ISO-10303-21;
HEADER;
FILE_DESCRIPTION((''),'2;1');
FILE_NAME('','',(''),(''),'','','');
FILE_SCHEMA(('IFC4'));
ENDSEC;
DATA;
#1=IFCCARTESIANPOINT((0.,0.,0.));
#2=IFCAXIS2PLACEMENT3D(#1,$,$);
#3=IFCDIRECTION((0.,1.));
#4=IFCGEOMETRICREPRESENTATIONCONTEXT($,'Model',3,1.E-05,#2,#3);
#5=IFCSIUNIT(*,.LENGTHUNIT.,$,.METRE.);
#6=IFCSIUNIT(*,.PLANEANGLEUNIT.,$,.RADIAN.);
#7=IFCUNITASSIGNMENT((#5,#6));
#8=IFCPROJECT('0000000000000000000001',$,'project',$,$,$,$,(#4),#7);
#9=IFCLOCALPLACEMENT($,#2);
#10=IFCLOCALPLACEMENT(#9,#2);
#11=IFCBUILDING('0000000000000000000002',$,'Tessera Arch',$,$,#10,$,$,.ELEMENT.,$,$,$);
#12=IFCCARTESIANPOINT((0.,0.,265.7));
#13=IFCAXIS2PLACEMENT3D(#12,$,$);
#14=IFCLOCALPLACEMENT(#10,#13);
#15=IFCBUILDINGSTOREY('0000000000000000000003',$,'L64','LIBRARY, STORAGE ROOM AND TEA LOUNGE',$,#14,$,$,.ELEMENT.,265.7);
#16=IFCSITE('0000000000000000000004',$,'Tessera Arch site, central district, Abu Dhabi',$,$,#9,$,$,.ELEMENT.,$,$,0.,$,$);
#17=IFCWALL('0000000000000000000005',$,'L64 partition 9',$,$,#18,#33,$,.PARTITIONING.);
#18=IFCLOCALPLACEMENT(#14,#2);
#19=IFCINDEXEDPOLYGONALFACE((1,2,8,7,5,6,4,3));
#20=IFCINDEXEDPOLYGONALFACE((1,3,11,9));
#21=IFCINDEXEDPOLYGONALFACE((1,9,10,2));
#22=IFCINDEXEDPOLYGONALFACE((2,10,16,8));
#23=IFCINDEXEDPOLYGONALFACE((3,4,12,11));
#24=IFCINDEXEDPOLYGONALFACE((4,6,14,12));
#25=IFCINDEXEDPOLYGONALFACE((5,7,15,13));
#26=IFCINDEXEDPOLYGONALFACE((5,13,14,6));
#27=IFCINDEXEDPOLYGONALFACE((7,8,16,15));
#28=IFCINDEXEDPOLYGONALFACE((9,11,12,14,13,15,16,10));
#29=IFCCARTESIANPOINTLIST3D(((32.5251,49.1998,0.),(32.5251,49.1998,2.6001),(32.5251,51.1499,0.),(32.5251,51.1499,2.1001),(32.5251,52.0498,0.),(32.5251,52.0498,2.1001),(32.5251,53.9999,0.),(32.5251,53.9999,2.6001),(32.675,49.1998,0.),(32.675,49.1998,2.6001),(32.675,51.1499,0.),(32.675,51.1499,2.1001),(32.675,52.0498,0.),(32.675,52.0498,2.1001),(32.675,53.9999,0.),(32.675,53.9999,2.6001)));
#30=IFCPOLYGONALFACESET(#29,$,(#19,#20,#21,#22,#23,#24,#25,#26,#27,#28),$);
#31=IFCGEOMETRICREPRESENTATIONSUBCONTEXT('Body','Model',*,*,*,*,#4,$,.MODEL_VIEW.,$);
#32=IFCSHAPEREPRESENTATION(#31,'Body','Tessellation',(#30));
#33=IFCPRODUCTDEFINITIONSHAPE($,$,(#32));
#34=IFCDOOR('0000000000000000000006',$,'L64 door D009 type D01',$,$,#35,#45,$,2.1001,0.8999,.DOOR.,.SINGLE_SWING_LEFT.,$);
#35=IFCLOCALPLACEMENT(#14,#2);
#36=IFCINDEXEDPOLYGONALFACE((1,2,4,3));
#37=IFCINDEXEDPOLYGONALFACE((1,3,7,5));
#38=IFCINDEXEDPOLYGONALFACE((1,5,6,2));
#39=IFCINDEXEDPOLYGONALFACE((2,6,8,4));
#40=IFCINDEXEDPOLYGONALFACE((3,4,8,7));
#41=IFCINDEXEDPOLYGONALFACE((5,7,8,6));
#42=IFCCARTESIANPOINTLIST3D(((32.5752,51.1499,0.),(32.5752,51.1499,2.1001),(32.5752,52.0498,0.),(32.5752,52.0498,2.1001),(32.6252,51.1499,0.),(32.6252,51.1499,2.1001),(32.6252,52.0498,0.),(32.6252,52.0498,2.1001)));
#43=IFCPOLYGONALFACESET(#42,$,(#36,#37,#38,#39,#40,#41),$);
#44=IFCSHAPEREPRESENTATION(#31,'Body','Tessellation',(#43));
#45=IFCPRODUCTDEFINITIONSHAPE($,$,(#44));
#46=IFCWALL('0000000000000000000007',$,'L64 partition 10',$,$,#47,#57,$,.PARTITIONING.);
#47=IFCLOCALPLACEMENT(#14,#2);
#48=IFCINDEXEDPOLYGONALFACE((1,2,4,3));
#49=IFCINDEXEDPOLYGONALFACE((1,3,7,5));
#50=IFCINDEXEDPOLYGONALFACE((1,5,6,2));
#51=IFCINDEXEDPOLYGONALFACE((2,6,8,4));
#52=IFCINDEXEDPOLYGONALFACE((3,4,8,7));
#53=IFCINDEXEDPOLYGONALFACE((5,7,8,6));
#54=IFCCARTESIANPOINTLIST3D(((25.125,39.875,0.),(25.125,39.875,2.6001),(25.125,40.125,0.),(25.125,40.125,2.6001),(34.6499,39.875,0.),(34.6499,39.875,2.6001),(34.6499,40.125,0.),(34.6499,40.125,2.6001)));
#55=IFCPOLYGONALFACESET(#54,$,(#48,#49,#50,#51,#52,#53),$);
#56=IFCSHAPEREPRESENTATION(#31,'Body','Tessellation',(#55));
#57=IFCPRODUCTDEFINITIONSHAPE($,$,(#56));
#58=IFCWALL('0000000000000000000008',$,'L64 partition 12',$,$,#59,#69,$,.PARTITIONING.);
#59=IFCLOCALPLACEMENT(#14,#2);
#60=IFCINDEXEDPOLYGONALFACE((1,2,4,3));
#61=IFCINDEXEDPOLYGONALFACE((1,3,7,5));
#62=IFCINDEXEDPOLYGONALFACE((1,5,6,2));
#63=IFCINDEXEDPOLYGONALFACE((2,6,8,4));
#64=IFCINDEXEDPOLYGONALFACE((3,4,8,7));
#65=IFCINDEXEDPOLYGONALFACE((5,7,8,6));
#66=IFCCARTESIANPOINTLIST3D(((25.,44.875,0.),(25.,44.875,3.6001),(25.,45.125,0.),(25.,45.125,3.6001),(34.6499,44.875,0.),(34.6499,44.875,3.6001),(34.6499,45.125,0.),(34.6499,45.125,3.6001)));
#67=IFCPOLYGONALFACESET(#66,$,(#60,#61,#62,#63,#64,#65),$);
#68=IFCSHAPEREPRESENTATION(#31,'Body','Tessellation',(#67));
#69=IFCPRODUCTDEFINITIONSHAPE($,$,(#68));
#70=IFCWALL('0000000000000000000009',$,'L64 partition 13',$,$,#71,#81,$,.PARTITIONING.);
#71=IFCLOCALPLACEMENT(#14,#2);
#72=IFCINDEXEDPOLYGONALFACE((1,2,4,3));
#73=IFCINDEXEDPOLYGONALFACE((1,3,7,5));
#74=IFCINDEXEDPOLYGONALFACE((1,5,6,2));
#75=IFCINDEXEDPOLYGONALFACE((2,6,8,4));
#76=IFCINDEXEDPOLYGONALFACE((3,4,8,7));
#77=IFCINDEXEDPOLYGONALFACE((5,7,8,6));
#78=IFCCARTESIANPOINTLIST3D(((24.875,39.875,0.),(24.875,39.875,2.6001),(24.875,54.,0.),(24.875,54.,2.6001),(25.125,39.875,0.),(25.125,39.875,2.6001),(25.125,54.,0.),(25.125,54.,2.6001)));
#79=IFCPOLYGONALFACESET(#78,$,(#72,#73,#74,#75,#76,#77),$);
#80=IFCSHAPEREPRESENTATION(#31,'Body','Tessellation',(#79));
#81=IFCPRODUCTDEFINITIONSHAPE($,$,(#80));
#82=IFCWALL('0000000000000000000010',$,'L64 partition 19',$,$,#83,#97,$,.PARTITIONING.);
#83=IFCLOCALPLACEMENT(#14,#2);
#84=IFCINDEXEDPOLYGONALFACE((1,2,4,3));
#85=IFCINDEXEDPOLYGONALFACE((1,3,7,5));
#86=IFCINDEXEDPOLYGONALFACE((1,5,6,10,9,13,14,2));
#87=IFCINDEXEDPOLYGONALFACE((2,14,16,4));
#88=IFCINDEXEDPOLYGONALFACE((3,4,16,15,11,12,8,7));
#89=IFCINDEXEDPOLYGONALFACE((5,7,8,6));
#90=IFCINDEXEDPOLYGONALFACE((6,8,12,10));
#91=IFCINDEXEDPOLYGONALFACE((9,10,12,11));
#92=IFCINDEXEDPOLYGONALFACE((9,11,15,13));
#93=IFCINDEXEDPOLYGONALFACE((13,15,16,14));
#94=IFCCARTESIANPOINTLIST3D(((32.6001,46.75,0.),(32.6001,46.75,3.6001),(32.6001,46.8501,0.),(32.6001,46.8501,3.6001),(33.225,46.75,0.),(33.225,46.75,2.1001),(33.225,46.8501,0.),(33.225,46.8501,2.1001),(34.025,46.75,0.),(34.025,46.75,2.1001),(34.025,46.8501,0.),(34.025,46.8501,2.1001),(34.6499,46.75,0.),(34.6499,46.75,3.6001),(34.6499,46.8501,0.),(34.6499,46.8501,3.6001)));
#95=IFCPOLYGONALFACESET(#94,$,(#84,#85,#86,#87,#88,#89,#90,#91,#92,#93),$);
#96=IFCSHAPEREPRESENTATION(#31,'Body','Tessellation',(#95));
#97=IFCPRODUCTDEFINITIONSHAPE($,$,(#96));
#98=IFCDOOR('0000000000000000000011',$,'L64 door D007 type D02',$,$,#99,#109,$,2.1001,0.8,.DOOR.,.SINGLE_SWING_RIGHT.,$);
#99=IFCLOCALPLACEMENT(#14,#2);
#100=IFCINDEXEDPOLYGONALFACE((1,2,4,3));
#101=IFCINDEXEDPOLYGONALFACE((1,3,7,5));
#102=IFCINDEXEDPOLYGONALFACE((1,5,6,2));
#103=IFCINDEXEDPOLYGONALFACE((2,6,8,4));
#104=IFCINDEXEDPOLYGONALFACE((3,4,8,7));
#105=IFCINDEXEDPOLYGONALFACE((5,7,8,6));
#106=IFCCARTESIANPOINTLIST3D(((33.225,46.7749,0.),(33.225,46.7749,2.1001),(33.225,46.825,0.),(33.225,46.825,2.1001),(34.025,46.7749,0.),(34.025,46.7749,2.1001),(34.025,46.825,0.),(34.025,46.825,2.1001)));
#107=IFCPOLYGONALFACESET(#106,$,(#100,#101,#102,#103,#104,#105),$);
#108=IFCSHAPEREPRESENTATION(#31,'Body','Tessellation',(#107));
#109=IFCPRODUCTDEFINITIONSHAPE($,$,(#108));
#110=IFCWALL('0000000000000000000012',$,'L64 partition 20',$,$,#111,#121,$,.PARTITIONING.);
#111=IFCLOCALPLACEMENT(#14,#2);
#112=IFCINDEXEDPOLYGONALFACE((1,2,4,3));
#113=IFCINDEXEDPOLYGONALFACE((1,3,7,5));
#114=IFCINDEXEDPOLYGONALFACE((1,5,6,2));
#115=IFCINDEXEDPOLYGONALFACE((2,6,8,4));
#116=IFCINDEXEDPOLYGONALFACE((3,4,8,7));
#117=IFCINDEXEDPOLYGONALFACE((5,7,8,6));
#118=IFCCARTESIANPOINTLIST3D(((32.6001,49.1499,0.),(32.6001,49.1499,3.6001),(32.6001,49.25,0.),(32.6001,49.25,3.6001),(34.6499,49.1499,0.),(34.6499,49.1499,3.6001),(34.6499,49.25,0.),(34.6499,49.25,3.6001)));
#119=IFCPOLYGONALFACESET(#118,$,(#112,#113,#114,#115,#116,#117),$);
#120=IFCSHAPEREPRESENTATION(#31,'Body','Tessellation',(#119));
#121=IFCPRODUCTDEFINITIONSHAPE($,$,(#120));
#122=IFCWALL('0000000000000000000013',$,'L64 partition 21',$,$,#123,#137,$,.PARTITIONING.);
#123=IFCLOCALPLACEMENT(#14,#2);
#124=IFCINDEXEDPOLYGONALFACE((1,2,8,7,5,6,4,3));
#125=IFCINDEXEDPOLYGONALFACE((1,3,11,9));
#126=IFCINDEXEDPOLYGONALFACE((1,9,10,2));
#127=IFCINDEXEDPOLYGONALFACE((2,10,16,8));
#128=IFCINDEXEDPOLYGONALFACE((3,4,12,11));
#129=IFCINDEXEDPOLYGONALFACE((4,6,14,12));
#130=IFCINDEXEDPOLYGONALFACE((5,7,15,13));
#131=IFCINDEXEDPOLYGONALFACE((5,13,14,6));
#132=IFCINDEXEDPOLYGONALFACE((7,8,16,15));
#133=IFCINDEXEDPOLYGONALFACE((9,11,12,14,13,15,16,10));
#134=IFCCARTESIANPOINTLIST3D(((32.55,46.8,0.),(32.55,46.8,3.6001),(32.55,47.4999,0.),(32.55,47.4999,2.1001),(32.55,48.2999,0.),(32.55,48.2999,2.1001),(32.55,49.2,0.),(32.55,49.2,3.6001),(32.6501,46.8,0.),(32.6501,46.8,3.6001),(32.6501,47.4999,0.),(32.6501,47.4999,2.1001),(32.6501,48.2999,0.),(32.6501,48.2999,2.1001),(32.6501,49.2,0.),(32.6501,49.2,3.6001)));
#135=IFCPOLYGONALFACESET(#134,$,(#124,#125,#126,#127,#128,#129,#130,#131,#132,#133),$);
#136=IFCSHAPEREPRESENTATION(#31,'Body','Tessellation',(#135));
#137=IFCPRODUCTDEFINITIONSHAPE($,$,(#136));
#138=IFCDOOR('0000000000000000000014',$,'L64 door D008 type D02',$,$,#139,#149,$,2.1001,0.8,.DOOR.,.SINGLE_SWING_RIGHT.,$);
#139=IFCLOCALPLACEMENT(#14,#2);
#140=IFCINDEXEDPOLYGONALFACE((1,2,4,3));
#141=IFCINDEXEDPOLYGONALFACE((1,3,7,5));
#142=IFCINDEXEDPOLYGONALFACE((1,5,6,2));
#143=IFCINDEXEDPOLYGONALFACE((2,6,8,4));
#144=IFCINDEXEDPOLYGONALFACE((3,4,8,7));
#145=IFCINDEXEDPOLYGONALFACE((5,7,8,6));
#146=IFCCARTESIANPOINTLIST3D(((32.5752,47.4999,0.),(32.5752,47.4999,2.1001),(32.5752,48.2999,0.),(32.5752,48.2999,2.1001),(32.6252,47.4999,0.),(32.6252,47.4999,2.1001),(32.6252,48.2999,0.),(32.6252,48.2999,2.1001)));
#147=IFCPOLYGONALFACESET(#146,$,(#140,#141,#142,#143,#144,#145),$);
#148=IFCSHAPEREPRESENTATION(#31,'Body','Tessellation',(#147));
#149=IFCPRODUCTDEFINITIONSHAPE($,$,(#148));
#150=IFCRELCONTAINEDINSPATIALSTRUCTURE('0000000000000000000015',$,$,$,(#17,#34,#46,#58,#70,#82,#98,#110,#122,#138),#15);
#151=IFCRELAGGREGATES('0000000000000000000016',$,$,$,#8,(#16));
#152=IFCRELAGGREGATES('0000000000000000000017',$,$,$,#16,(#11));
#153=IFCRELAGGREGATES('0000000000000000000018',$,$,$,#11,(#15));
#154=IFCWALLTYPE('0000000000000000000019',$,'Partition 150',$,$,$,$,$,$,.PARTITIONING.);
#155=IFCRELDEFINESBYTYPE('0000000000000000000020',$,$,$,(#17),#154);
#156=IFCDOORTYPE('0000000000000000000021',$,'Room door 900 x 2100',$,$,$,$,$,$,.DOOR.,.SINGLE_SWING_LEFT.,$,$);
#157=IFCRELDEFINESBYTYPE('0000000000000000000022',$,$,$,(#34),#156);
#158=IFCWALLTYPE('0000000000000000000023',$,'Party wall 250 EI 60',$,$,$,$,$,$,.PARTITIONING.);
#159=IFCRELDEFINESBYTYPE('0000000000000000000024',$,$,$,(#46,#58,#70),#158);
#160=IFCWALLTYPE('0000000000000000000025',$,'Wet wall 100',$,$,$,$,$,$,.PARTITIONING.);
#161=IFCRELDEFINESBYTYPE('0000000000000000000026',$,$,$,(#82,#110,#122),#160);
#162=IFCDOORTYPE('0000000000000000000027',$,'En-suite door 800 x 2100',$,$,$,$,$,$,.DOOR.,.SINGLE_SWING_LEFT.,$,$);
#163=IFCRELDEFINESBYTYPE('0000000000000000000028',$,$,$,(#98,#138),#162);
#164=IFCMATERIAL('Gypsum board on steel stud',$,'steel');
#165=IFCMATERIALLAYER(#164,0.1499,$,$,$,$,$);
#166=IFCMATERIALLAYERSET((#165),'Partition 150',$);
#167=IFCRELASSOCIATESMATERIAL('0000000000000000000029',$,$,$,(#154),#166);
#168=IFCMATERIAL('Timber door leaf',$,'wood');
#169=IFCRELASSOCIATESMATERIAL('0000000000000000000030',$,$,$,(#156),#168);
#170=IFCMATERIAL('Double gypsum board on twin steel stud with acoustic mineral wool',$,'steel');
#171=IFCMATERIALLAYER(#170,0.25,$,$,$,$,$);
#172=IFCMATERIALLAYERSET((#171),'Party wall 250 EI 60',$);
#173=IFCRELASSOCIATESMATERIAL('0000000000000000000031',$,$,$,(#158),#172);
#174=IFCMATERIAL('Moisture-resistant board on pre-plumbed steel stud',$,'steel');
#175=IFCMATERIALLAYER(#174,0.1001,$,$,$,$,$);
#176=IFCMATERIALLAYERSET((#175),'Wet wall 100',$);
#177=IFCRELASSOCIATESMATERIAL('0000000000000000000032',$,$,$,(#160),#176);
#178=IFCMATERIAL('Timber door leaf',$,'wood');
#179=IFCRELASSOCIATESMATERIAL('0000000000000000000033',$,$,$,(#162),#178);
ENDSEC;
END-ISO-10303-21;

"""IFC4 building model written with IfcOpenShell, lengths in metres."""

from ifc_helpers import new_model, si_unit, direction, frame, frame_2d, origin, place, context, subcontext, project, spatial, rectangle, extrude, material, layer, layer_set, type_object, element, fill, save


model = new_model("IFC4")

# Units and contexts
model_context = context("Model", 3, precision=1e-05, world=origin(), true_north=direction((0.0, 1.0)))
body_context = subcontext(model_context, "Body", "Model", "MODEL_VIEW")
ifc_project = project(units=[si_unit("LENGTHUNIT", "METRE"), si_unit("PLANEANGLEUNIT", "RADIAN")], contexts=[model_context])

# Site, building, storey
site_placement = place(None, origin())
site = spatial("IfcSite", under=ifc_project, at=site_placement, Name="Tessera Arch site, central district, Abu Dhabi", CompositionType="ELEMENT", RefElevation=0.0)
building_placement = place(site_placement, origin())
building = spatial("IfcBuilding", under=site, at=building_placement, Name="Tessera Arch", CompositionType="ELEMENT")
storey_placement = place(building_placement, frame((0.0, 0.0, 265.7)))
storey = spatial("IfcBuildingStorey", under=building, at=storey_placement, Name="L64", Description="LIBRARY, STORAGE ROOM AND TEA LOUNGE", CompositionType="ELEMENT", Elevation=265.7)

# Shared definitions
ifc_material_1 = material(Name="Gypsum board on steel stud", Category="steel")
ifc_layer_1 = layer(ifc_material_1, 0.1499)
ifc_layer_set_1 = layer_set([ifc_layer_1], Name="Partition 150")
wall_type_1 = type_object("IfcWallType", Name="Partition 150", PredefinedType="PARTITIONING", material=ifc_layer_set_1)
ifc_material_2 = material(Name="Timber door leaf", Category="wood")
door_type_1 = type_object("IfcDoorType", Name="Room door 900 x 2100", OperationType="SINGLE_SWING_LEFT", PredefinedType="DOOR", material=ifc_material_2)

# Wall, opening, door
wall_1_placement = place(storey_placement, frame((32.6001, 49.2, 0.0), z_axis=(0.0, 0.0, 1.0), x_axis=(0.0, 1.0, 0.0)))
wall_1 = element("IfcWall", 1, at=wall_1_placement, inside=storey, type_object=wall_type_1, Name="L64 partition 9", PredefinedType="PARTITIONING", context=body_context, shape_type="SweptSolid", body=[
    extrude(rectangle(XDim=4.8, YDim=0.1499, at=frame_2d((2.3999, 0.0))), origin(), (0.0, 0.0, 1.0), 2.6001),
])
opening_1_placement = place(wall_1_placement, frame((1.95, 0.0, 0.0)))
opening_1 = element("IfcOpeningElement", 2, at=opening_1_placement, cuts=wall_1, PredefinedType="OPENING", context=body_context, shape_type="SweptSolid", body=[
    extrude(rectangle(XDim=0.8999, YDim=2.1001, at=frame_2d((0.45, 1.05))), frame((0.0, 0.085, 0.0), z_axis=(0.0, -1.0, 0.0), x_axis=(1.0, 0.0, 0.0)), (0.0, 0.0, 1.0), 0.1699),
])
door_1_placement = place(opening_1_placement, origin())
door_1 = element("IfcDoor", 3, at=door_1_placement, inside=storey, type_object=door_type_1, Name="L64 door D009 type D01", OperationType="SINGLE_SWING_LEFT", OverallHeight=2.1001, OverallWidth=0.8999, PredefinedType="DOOR", context=body_context, shape_type="SweptSolid", body=[
    extrude(rectangle(XDim=0.8999, YDim=2.1001, at=frame_2d((0.45, 1.05))), frame((0.0, 0.0249, 0.0), z_axis=(0.0, -1.0, 0.0), x_axis=(1.0, 0.0, 0.0)), (0.0, 0.0, 1.0), 0.05),
])
fill(opening_1, door_1)

# Walls
ifc_material_3 = material(Name="Double gypsum board on twin steel stud with acoustic mineral wool", Category="steel")
ifc_layer_2 = layer(ifc_material_3, 0.25)
ifc_layer_set_2 = layer_set([ifc_layer_2], Name="Party wall 250 EI 60")
wall_type_2 = type_object("IfcWallType", Name="Party wall 250 EI 60", PredefinedType="PARTITIONING", material=ifc_layer_set_2)
wall_2_placement = place(storey_placement, frame((25.125, 40.0, 0.0), z_axis=(0.0, 0.0, 1.0), x_axis=(1.0, 0.0, 0.0)))
element("IfcWall", 4, at=wall_2_placement, inside=storey, type_object=wall_type_2, Name="L64 partition 10", PredefinedType="PARTITIONING", context=body_context, shape_type="SweptSolid", body=[
    extrude(rectangle(XDim=9.5249, YDim=0.25, at=frame_2d((4.7625, 0.0))), origin(), (0.0, 0.0, 1.0), 2.6001),
])
wall_3_placement = place(storey_placement, frame((25.0, 45.0, 0.0), z_axis=(0.0, 0.0, 1.0), x_axis=(1.0, 0.0, 0.0)))
element("IfcWall", 5, at=wall_3_placement, inside=storey, type_object=wall_type_2, Name="L64 partition 12", PredefinedType="PARTITIONING", context=body_context, shape_type="SweptSolid", body=[
    extrude(rectangle(XDim=9.6499, YDim=0.25, at=frame_2d((4.825, 0.0))), origin(), (0.0, 0.0, 1.0), 3.6001),
])
wall_4_placement = place(storey_placement, frame((25.0, 39.875, 0.0), z_axis=(0.0, 0.0, 1.0), x_axis=(0.0, 1.0, 0.0)))
element("IfcWall", 6, at=wall_4_placement, inside=storey, type_object=wall_type_2, Name="L64 partition 13", PredefinedType="PARTITIONING", context=body_context, shape_type="SweptSolid", body=[
    extrude(rectangle(XDim=14.125, YDim=0.25, at=frame_2d((7.0625, 0.0))), origin(), (0.0, 0.0, 1.0), 2.6001),
])

# Wall, opening, door
ifc_material_4 = material(Name="Moisture-resistant board on pre-plumbed steel stud", Category="steel")
ifc_layer_3 = layer(ifc_material_4, 0.1001)
ifc_layer_set_3 = layer_set([ifc_layer_3], Name="Wet wall 100")
wall_type_3 = type_object("IfcWallType", Name="Wet wall 100", PredefinedType="PARTITIONING", material=ifc_layer_set_3)
wall_5_placement = place(storey_placement, frame((32.6001, 46.8, 0.0), z_axis=(0.0, 0.0, 1.0), x_axis=(1.0, 0.0, 0.0)))
wall_5 = element("IfcWall", 7, at=wall_5_placement, inside=storey, type_object=wall_type_3, Name="L64 partition 19", PredefinedType="PARTITIONING", context=body_context, shape_type="SweptSolid", body=[
    extrude(rectangle(XDim=2.0498, YDim=0.1001, at=frame_2d((1.0249, 0.0))), origin(), (0.0, 0.0, 1.0), 3.6001),
])
opening_2_placement = place(wall_5_placement, frame((0.625, 0.0, 0.0)))
opening_2 = element("IfcOpeningElement", 8, at=opening_2_placement, cuts=wall_5, PredefinedType="OPENING", context=body_context, shape_type="SweptSolid", body=[
    extrude(rectangle(XDim=0.8, YDim=2.1001, at=frame_2d((0.3999, 1.05))), frame((0.0, 0.0601, 0.0), z_axis=(0.0, -1.0, 0.0), x_axis=(1.0, 0.0, 0.0)), (0.0, 0.0, 1.0), 0.1201),
])
ifc_material_5 = material(Name="Timber door leaf", Category="wood")
door_type_2 = type_object("IfcDoorType", Name="En-suite door 800 x 2100", OperationType="SINGLE_SWING_LEFT", PredefinedType="DOOR", material=ifc_material_5)
door_2_placement = place(opening_2_placement, origin())
door_2 = element("IfcDoor", 9, at=door_2_placement, inside=storey, type_object=door_type_2, Name="L64 door D007 type D02", OperationType="SINGLE_SWING_RIGHT", OverallHeight=2.1001, OverallWidth=0.8, PredefinedType="DOOR", context=body_context, shape_type="SweptSolid", body=[
    extrude(rectangle(XDim=0.8, YDim=2.1001, at=frame_2d((0.3999, 1.05))), frame((0.0, 0.0249, 0.0), z_axis=(0.0, -1.0, 0.0), x_axis=(1.0, 0.0, 0.0)), (0.0, 0.0, 1.0), 0.05),
])
fill(opening_2, door_2)

# Wall
wall_6_placement = place(storey_placement, frame((32.6001, 49.2, 0.0), z_axis=(0.0, 0.0, 1.0), x_axis=(1.0, 0.0, 0.0)))
element("IfcWall", 10, at=wall_6_placement, inside=storey, type_object=wall_type_3, Name="L64 partition 20", PredefinedType="PARTITIONING", context=body_context, shape_type="SweptSolid", body=[
    extrude(rectangle(XDim=2.0498, YDim=0.1001, at=frame_2d((1.0249, 0.0))), origin(), (0.0, 0.0, 1.0), 3.6001),
])

# Wall, opening, door
wall_7_placement = place(storey_placement, frame((32.6001, 46.8, 0.0), z_axis=(0.0, 0.0, 1.0), x_axis=(0.0, 1.0, 0.0)))
wall_7 = element("IfcWall", 11, at=wall_7_placement, inside=storey, type_object=wall_type_3, Name="L64 partition 21", PredefinedType="PARTITIONING", context=body_context, shape_type="SweptSolid", body=[
    extrude(rectangle(XDim=2.3999, YDim=0.1001, at=frame_2d((1.2, 0.0))), origin(), (0.0, 0.0, 1.0), 3.6001),
])
opening_3_placement = place(wall_7_placement, frame((0.7, 0.0, 0.0)))
opening_3 = element("IfcOpeningElement", 12, at=opening_3_placement, cuts=wall_7, PredefinedType="OPENING", context=body_context, shape_type="SweptSolid", body=[
    extrude(rectangle(XDim=0.8, YDim=2.1001, at=frame_2d((0.3999, 1.05))), frame((0.0, 0.0601, 0.0), z_axis=(0.0, -1.0, 0.0), x_axis=(1.0, 0.0, 0.0)), (0.0, 0.0, 1.0), 0.1201),
])
door_3_placement = place(opening_3_placement, origin())
door_3 = element("IfcDoor", 13, at=door_3_placement, inside=storey, type_object=door_type_2, Name="L64 door D008 type D02", OperationType="SINGLE_SWING_RIGHT", OverallHeight=2.1001, OverallWidth=0.8, PredefinedType="DOOR", context=body_context, shape_type="SweptSolid", body=[
    extrude(rectangle(XDim=0.8, YDim=2.1001, at=frame_2d((0.3999, 1.05))), frame((0.0, 0.0249, 0.0), z_axis=(0.0, -1.0, 0.0), x_axis=(1.0, 0.0, 0.0)), (0.0, 0.0, 1.0), 0.05),
])
fill(opening_3, door_3)

save(model, "model.ifc")
